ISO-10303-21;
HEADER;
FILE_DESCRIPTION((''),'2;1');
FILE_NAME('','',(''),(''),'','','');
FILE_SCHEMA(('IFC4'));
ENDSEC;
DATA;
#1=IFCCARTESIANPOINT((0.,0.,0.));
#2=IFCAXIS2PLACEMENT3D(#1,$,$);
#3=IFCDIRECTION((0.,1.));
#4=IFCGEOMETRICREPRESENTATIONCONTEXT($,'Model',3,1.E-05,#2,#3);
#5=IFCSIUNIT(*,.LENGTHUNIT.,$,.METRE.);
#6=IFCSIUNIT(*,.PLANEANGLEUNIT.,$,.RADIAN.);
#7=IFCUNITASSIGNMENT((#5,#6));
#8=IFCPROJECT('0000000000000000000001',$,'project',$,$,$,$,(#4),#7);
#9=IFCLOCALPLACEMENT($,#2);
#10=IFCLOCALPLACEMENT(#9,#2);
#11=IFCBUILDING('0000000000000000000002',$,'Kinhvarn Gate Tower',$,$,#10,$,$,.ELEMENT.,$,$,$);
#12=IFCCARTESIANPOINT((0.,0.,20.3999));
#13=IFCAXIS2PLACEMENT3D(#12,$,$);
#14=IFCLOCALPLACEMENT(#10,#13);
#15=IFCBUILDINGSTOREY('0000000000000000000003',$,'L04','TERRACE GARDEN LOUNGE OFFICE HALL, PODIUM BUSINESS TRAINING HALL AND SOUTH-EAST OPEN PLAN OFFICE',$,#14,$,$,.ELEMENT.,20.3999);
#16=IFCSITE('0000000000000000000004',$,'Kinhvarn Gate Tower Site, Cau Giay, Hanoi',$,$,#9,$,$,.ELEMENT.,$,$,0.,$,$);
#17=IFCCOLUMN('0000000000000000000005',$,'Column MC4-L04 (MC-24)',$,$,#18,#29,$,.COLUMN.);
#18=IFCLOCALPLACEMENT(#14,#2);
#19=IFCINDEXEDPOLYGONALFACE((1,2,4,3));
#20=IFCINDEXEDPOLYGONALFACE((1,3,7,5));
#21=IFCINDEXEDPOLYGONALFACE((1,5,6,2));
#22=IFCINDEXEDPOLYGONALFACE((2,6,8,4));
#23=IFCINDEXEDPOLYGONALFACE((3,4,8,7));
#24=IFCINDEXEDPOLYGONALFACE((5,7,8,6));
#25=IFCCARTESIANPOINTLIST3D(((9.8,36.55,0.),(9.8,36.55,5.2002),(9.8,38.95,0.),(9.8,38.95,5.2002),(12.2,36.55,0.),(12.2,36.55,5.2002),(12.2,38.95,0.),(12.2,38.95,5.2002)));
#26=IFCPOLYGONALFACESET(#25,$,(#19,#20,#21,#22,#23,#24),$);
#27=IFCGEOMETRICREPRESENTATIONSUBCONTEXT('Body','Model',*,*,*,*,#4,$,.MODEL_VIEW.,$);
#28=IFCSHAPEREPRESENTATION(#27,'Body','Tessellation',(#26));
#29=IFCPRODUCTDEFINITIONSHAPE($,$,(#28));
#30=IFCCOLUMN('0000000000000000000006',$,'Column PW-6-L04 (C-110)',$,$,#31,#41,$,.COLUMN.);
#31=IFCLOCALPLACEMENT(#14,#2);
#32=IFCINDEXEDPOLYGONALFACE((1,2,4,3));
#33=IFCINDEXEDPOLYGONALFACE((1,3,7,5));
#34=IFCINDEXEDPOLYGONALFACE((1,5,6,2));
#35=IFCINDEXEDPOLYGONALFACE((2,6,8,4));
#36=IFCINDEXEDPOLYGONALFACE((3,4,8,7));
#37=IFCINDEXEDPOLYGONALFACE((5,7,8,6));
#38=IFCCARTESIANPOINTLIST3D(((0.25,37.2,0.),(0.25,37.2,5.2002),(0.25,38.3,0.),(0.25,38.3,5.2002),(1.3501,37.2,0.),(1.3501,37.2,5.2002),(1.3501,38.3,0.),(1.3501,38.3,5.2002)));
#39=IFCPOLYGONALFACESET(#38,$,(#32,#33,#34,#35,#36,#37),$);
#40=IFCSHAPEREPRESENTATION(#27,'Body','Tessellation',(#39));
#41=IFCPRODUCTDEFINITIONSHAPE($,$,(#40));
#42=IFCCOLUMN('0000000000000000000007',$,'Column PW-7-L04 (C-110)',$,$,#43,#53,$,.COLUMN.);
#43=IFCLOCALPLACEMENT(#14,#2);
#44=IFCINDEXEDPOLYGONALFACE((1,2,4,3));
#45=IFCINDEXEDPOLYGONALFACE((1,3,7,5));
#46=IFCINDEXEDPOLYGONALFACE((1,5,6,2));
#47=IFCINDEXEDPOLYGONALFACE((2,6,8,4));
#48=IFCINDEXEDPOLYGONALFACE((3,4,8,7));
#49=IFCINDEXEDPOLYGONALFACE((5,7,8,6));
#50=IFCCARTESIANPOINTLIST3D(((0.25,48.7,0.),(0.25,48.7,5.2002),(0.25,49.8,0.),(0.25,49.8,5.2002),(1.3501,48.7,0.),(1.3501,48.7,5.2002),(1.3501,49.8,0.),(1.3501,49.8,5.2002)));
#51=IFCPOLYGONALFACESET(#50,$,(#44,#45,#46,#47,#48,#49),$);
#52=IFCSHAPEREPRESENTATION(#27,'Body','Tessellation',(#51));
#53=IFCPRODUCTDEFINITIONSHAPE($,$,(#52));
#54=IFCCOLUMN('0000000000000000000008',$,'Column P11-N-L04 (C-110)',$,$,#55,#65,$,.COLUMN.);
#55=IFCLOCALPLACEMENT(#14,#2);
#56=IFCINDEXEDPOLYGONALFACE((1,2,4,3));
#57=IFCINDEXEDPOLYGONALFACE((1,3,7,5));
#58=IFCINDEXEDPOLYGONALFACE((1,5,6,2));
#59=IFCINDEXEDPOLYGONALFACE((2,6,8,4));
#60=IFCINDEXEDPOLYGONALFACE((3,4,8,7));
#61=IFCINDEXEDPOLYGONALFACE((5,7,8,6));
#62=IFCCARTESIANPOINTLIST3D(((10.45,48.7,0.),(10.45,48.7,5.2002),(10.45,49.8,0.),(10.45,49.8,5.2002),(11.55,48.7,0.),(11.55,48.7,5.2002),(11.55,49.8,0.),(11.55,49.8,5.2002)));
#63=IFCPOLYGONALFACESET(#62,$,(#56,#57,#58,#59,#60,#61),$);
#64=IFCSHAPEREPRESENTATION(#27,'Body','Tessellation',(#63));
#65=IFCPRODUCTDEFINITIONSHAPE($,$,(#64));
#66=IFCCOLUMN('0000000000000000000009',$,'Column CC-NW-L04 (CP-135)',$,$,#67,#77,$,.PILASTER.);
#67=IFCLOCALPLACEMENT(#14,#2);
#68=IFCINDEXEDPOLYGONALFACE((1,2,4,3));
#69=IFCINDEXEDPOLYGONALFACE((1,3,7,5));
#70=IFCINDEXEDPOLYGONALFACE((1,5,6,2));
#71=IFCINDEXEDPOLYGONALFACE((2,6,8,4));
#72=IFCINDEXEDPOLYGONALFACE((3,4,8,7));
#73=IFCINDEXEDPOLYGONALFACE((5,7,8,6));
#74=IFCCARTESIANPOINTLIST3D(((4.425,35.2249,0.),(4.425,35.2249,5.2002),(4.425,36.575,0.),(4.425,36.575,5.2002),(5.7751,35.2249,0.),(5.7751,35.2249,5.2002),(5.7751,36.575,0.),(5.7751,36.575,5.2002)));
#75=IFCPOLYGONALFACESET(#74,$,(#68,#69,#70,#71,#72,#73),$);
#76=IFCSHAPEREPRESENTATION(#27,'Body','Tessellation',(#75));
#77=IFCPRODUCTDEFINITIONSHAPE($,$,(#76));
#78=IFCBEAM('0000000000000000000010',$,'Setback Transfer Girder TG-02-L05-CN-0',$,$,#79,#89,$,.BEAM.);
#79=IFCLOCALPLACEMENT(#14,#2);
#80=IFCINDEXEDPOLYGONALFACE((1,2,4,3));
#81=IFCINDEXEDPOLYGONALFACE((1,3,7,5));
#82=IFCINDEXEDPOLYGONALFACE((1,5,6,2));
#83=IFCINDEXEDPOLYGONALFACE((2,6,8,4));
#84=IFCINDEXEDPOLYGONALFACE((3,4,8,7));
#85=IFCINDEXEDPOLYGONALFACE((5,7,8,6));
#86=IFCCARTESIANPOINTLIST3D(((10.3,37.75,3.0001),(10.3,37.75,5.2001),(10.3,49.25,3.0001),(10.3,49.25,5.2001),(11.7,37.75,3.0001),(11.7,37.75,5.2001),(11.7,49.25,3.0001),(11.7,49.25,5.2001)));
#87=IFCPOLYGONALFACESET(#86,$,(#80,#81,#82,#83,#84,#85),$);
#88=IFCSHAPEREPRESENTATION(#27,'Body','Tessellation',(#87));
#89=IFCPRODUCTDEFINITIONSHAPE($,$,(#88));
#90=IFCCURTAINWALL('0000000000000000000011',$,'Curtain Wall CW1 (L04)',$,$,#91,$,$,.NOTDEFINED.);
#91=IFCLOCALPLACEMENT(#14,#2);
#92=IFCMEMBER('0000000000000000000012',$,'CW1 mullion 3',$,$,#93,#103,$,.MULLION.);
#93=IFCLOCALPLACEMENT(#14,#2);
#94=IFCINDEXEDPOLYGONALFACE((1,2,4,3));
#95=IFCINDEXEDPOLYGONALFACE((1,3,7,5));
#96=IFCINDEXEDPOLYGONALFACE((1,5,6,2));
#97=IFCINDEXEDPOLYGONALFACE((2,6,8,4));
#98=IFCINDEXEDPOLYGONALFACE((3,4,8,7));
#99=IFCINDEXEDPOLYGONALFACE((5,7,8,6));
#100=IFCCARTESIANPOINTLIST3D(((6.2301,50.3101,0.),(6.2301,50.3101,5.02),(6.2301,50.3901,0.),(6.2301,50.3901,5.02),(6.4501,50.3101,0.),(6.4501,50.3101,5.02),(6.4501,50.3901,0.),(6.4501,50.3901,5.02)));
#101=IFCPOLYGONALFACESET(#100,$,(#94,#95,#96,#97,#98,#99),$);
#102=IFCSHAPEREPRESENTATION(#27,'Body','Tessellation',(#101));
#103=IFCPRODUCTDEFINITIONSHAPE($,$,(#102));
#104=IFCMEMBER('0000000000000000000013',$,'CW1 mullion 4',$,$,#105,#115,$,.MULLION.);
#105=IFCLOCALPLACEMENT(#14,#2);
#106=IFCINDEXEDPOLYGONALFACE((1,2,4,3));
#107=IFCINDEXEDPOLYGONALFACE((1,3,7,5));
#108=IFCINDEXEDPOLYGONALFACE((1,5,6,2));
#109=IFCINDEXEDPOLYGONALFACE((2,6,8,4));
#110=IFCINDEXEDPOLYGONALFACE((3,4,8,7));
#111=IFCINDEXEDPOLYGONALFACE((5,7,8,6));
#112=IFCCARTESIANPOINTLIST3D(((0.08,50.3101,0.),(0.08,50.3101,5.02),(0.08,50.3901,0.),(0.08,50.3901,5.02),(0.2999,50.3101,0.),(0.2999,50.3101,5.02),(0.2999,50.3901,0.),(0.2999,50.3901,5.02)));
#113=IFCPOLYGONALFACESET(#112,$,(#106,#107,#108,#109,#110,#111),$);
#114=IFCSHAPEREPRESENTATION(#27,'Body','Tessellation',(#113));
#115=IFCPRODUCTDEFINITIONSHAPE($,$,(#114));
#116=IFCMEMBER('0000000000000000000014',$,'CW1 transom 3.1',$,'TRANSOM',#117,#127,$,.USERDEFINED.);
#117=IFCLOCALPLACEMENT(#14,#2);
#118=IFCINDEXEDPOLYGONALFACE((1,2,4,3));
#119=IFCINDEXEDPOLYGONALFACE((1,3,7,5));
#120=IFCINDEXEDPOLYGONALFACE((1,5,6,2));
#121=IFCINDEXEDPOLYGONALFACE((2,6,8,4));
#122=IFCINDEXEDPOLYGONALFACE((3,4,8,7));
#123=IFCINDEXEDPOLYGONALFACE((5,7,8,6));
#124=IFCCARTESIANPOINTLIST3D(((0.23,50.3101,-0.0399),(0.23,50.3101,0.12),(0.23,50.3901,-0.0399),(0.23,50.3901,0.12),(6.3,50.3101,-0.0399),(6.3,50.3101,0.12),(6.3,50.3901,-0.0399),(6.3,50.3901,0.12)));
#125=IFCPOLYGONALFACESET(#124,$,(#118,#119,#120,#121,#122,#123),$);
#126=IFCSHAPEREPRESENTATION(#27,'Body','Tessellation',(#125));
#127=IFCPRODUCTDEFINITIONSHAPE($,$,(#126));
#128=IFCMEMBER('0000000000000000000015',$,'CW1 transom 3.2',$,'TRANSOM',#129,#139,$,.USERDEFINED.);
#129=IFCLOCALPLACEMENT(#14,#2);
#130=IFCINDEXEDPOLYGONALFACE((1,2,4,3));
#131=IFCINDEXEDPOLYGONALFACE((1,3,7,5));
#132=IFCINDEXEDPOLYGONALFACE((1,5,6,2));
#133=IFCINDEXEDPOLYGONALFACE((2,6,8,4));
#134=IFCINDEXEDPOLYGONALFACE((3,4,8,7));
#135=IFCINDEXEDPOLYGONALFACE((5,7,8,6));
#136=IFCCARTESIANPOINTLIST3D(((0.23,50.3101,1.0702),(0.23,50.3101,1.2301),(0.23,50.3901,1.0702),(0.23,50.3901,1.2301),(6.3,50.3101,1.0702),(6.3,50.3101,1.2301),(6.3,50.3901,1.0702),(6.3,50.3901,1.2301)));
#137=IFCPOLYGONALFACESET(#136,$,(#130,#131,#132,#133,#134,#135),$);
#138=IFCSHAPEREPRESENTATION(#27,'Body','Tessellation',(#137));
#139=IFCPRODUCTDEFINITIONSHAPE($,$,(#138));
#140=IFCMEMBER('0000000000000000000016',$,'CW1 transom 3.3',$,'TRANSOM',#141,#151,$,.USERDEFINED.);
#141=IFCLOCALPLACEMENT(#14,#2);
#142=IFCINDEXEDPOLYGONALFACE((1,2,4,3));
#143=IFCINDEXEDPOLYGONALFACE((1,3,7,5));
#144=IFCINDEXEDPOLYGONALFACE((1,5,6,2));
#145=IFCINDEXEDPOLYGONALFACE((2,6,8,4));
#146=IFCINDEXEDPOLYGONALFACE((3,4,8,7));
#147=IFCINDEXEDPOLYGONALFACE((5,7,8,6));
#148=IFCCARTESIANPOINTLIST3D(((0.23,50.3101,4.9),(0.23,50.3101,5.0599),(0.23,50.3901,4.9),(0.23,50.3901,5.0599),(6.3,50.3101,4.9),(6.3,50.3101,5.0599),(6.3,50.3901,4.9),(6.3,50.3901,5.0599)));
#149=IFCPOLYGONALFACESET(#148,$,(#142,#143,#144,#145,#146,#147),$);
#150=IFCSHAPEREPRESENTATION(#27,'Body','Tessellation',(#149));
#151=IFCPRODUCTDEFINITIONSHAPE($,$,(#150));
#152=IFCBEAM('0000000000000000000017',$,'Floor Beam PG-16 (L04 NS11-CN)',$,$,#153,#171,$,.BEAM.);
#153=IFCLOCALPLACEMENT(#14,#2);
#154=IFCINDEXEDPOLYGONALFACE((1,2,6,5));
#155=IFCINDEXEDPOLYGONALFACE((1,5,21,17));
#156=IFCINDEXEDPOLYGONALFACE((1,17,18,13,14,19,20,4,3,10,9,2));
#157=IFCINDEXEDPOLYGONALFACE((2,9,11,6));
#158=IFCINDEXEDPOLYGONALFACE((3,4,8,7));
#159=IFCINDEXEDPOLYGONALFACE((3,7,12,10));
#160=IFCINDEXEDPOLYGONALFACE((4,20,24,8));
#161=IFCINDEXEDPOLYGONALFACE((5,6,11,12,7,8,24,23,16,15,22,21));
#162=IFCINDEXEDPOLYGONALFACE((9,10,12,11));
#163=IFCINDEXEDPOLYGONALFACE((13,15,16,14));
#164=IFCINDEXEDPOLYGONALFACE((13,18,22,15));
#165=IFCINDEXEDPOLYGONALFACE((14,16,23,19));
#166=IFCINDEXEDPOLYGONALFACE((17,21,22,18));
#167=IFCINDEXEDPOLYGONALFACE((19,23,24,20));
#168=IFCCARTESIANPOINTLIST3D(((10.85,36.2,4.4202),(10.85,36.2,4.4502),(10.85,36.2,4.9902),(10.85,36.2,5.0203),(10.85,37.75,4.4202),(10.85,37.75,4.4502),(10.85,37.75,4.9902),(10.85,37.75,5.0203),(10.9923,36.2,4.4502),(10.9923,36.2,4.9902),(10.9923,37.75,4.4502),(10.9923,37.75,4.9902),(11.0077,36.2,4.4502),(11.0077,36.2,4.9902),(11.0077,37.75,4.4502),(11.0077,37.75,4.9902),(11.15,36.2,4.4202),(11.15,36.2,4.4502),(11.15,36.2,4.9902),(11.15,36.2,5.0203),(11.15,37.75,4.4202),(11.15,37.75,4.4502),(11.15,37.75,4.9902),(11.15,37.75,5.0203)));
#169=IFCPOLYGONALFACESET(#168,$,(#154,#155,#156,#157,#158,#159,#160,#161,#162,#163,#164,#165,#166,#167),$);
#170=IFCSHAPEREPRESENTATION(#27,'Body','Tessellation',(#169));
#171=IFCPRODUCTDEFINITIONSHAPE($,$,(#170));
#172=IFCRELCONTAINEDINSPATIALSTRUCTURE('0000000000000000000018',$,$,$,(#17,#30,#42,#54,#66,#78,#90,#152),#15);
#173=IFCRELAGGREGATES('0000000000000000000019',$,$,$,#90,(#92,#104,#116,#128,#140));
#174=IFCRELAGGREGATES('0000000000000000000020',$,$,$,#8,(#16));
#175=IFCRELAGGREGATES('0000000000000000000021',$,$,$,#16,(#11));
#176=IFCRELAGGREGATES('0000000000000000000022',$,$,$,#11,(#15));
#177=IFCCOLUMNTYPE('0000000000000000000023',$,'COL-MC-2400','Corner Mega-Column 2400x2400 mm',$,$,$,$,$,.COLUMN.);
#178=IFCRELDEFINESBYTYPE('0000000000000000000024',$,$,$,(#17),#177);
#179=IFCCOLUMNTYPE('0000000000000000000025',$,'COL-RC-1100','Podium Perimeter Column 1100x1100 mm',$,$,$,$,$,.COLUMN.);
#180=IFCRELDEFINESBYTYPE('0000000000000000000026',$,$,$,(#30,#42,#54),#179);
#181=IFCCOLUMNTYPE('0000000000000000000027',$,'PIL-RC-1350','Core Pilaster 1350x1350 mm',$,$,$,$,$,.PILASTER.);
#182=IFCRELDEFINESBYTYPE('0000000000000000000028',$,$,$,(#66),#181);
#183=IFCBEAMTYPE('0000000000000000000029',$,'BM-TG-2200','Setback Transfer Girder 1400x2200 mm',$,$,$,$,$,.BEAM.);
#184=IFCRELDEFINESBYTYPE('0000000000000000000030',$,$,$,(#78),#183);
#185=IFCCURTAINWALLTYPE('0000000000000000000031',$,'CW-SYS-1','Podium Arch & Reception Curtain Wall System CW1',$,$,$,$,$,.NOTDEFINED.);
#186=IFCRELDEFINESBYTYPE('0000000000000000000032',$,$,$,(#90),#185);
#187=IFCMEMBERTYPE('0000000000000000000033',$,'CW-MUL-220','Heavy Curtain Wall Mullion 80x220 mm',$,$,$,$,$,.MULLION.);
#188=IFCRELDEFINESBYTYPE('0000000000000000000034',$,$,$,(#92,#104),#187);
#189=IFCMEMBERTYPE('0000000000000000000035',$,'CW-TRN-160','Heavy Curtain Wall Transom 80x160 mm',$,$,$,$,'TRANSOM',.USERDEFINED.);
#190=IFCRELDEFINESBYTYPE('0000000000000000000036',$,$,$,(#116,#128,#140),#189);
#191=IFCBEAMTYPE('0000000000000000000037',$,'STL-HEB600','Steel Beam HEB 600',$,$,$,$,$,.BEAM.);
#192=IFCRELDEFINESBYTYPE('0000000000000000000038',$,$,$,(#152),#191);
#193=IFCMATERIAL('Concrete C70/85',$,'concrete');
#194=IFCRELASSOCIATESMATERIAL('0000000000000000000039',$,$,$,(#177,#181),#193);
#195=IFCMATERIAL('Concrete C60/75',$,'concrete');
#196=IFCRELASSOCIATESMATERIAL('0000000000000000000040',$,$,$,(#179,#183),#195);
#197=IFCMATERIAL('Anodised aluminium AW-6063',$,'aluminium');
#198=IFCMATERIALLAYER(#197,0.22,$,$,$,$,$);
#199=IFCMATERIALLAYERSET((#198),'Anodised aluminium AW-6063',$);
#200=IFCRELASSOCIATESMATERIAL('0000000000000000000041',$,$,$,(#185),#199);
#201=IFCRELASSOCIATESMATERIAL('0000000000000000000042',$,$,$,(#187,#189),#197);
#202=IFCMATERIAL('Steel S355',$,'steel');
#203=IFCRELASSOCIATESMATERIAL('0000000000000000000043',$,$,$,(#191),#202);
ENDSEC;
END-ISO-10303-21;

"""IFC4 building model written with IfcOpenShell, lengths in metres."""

from ifc_helpers import new_model, si_unit, direction, frame, origin, origin_2d, place, context, subcontext, project, spatial, rectangle, i_section, extrude, material, layer, layer_set, material_profile, profile_set, type_object, element, aggregate, save


model = new_model("IFC4")

# Units and contexts
model_context = context("Model", 3, precision=1e-05, world=origin(), true_north=direction((0.0, 1.0)))
body_context = subcontext(model_context, "Body", "Model", "MODEL_VIEW")
ifc_project = project(units=[si_unit("LENGTHUNIT", "METRE"), si_unit("PLANEANGLEUNIT", "RADIAN")], contexts=[model_context])

# Site, building, storey
site_placement = place(None, origin())
site = spatial("IfcSite", under=ifc_project, at=site_placement, Name="Kinhvarn Gate Tower Site, Cau Giay, Hanoi", CompositionType="ELEMENT", RefElevation=0.0)
building_placement = place(site_placement, origin())
building = spatial("IfcBuilding", under=site, at=building_placement, Name="Kinhvarn Gate Tower", CompositionType="ELEMENT")
storey_placement = place(building_placement, frame((0.0, 0.0, 20.3999)))
storey = spatial("IfcBuildingStorey", under=building, at=storey_placement, Name="L04", Description="TERRACE GARDEN LOUNGE OFFICE HALL, PODIUM BUSINESS TRAINING HALL AND SOUTH-EAST OPEN PLAN OFFICE", CompositionType="ELEMENT", Elevation=20.3999)

# Columns
ifc_material_1 = material(Name="Concrete C70/85", Category="concrete")
ifc_material_profile_1 = material_profile(ifc_material_1, rectangle(XDim=2.3999, YDim=2.3999, at=origin_2d()), Name="RC 2400x2400")
ifc_profile_set_1 = profile_set([ifc_material_profile_1], Name="Concrete C70/85")
column_type_1 = type_object("IfcColumnType", Name="COL-MC-2400", Description="Corner Mega-Column 2400x2400 mm", PredefinedType="COLUMN", material=ifc_profile_set_1)
column_1_placement = place(storey_placement, frame((11.0, 37.75, 0.0), z_axis=(0.0, 0.0, 1.0), x_axis=(1.0, 0.0, 0.0)))
element("IfcColumn", 1, at=column_1_placement, inside=storey, type_object=column_type_1, Name="Column MC4-L04 (MC-24)", PredefinedType="COLUMN", context=body_context, shape_type="SweptSolid", body=[
    extrude(rectangle(XDim=2.3999, YDim=2.3999, at=origin_2d()), origin(), (0.0, 0.0, 1.0), 5.2002),
])
ifc_material_2 = material(Name="Concrete C60/75", Category="concrete")
ifc_material_profile_2 = material_profile(ifc_material_2, rectangle(XDim=1.1001, YDim=1.1001, at=origin_2d()), Name="RC 1100x1100")
ifc_profile_set_2 = profile_set([ifc_material_profile_2], Name="Concrete C60/75")
column_type_2 = type_object("IfcColumnType", Name="COL-RC-1100", Description="Podium Perimeter Column 1100x1100 mm", PredefinedType="COLUMN", material=ifc_profile_set_2)
for number, where, z_axis, x_axis, name in (
    (2, (0.8, 37.75, 0.0), (0.0, 0.0, 1.0), (1.0, 0.0, 0.0), "Column PW-6-L04 (C-110)"),
    (3, (0.8, 49.25, 0.0), (0.0, 0.0, 1.0), (1.0, 0.0, 0.0), "Column PW-7-L04 (C-110)"),
    (4, (11.0, 49.25, 0.0), (0.0, 0.0, 1.0), (1.0, 0.0, 0.0), "Column P11-N-L04 (C-110)"),
):
    element("IfcColumn", number, at=place(storey_placement, frame(where, z_axis=z_axis, x_axis=x_axis)), inside=storey, type_object=column_type_2, Name=name, PredefinedType="COLUMN", context=body_context, shape_type="SweptSolid", body=[
        extrude(rectangle(XDim=1.1001, YDim=1.1001, at=origin_2d()), origin(), (0.0, 0.0, 1.0), 5.2002),
    ])
ifc_material_profile_3 = material_profile(ifc_material_1, rectangle(XDim=1.3501, YDim=1.3501, at=origin_2d()), Name="RC 1350x1350")
ifc_profile_set_3 = profile_set([ifc_material_profile_3], Name="Concrete C70/85")
column_type_3 = type_object("IfcColumnType", Name="PIL-RC-1350", Description="Core Pilaster 1350x1350 mm", PredefinedType="PILASTER", material=ifc_profile_set_3)
column_2_placement = place(storey_placement, frame((5.1001, 35.8999, 0.0), z_axis=(0.0, 0.0, 1.0), x_axis=(1.0, 0.0, 0.0)))
element("IfcColumn", 5, at=column_2_placement, inside=storey, type_object=column_type_3, Name="Column CC-NW-L04 (CP-135)", PredefinedType="PILASTER", context=body_context, shape_type="SweptSolid", body=[
    extrude(rectangle(XDim=1.3501, YDim=1.3501, at=origin_2d()), origin(), (0.0, 0.0, 1.0), 5.2002),
])

# Beam
ifc_material_profile_4 = material_profile(ifc_material_2, rectangle(XDim=1.3999, YDim=2.2, at=origin_2d()), Name="RC 1400x2200")
ifc_profile_set_4 = profile_set([ifc_material_profile_4], Name="Concrete C60/75")
beam_type_1 = type_object("IfcBeamType", Name="BM-TG-2200", Description="Setback Transfer Girder 1400x2200 mm", PredefinedType="BEAM", material=ifc_profile_set_4)
beam_1_placement = place(storey_placement, frame((11.0, 37.75, 4.1001), z_axis=(0.0, 1.0, 0.0), x_axis=(-1.0, 0.0, 0.0)))
element("IfcBeam", 6, at=beam_1_placement, inside=storey, type_object=beam_type_1, Name="Setback Transfer Girder TG-02-L05-CN-0", PredefinedType="BEAM", context=body_context, shape_type="SweptSolid", body=[
    extrude(rectangle(XDim=1.3999, YDim=2.2, at=origin_2d()), origin(), (0.0, 0.0, 1.0), 11.5),
])

# Curtain wall, members
ifc_material_3 = material(Name="Anodised aluminium AW-6063", Category="aluminium")
ifc_layer_1 = layer(ifc_material_3, 0.22)
ifc_layer_set_1 = layer_set([ifc_layer_1], Name="Anodised aluminium AW-6063")
curtain_wall_type = type_object("IfcCurtainWallType", Name="CW-SYS-1", Description="Podium Arch & Reception Curtain Wall System CW1", PredefinedType="NOTDEFINED", material=ifc_layer_set_1)
curtain_wall_placement = place(storey_placement, origin())
curtain_wall = element("IfcCurtainWall", 7, at=curtain_wall_placement, inside=storey, type_object=curtain_wall_type, Name="Curtain Wall CW1 (L04)", PredefinedType="NOTDEFINED")
ifc_material_profile_5 = material_profile(ifc_material_3, rectangle(XDim=0.0801, YDim=0.22, at=origin_2d()), Name="ALU 80x220")
ifc_profile_set_5 = profile_set([ifc_material_profile_5], Name="Anodised aluminium AW-6063")
member_type_1 = type_object("IfcMemberType", Name="CW-MUL-220", Description="Heavy Curtain Wall Mullion 80x220 mm", PredefinedType="MULLION", material=ifc_profile_set_5)
member_1_placement = place(storey_placement, frame((6.3401, 50.3501, 0.0), z_axis=(0.0, 0.0, 1.0), x_axis=(0.0, -1.0, 0.0)))
member_1 = element("IfcMember", 8, at=member_1_placement, type_object=member_type_1, Name="CW1 mullion 3", PredefinedType="MULLION", context=body_context, shape_type="SweptSolid", body=[
    extrude(rectangle(XDim=0.0801, YDim=0.22, at=origin_2d()), origin(), (0.0, 0.0, 1.0), 5.02),
])
member_2_placement = place(storey_placement, frame((0.1899, 50.3501, 0.0), z_axis=(0.0, 0.0, 1.0), x_axis=(0.0, -1.0, 0.0)))
member_2 = element("IfcMember", 9, at=member_2_placement, type_object=member_type_1, Name="CW1 mullion 4", PredefinedType="MULLION", context=body_context, shape_type="SweptSolid", body=[
    extrude(rectangle(XDim=0.0801, YDim=0.22, at=origin_2d()), origin(), (0.0, 0.0, 1.0), 5.02),
])
ifc_material_profile_6 = material_profile(ifc_material_3, rectangle(XDim=0.0801, YDim=0.1599, at=origin_2d()), Name="ALU 80x160")
ifc_profile_set_6 = profile_set([ifc_material_profile_6], Name="Anodised aluminium AW-6063")
member_type_2 = type_object("IfcMemberType", Name="CW-TRN-160", Description="Heavy Curtain Wall Transom 80x160 mm", ElementType="TRANSOM", PredefinedType="USERDEFINED", material=ifc_profile_set_6)
member_3_placement = place(storey_placement, frame((6.3, 50.3501, 0.04), z_axis=(-1.0, 0.0, 0.0), x_axis=(0.0, -1.0, 0.0)))
member_3 = element("IfcMember", 10, at=member_3_placement, type_object=member_type_2, Name="CW1 transom 3.1", ObjectType="TRANSOM", PredefinedType="USERDEFINED", context=body_context, shape_type="SweptSolid", body=[
    extrude(rectangle(XDim=0.0801, YDim=0.1599, at=origin_2d()), origin(), (0.0, 0.0, 1.0), 6.0701),
])
member_4_placement = place(storey_placement, frame((6.3, 50.3501, 1.1501), z_axis=(-1.0, 0.0, 0.0), x_axis=(0.0, -1.0, 0.0)))
member_4 = element("IfcMember", 11, at=member_4_placement, type_object=member_type_2, Name="CW1 transom 3.2", ObjectType="TRANSOM", PredefinedType="USERDEFINED", context=body_context, shape_type="SweptSolid", body=[
    extrude(rectangle(XDim=0.0801, YDim=0.1599, at=origin_2d()), origin(), (0.0, 0.0, 1.0), 6.0701),
])
member_5_placement = place(storey_placement, frame((6.3, 50.3501, 4.98), z_axis=(-1.0, 0.0, 0.0), x_axis=(0.0, -1.0, 0.0)))
member_5 = element("IfcMember", 12, at=member_5_placement, type_object=member_type_2, Name="CW1 transom 3.3", ObjectType="TRANSOM", PredefinedType="USERDEFINED", context=body_context, shape_type="SweptSolid", body=[
    extrude(rectangle(XDim=0.0801, YDim=0.1599, at=origin_2d()), origin(), (0.0, 0.0, 1.0), 6.0701),
])

# Beam
ifc_material_4 = material(Name="Steel S355", Category="steel")
ifc_material_profile_7 = material_profile(ifc_material_4, i_section(OverallWidth=0.3, OverallDepth=0.6001, WebThickness=0.0154, FlangeThickness=0.03, at=origin_2d()), Name="HEB 600")
ifc_profile_set_7 = profile_set([ifc_material_profile_7], Name="Steel S355")
beam_type_2 = type_object("IfcBeamType", Name="STL-HEB600", Description="Steel Beam HEB 600", PredefinedType="BEAM", material=ifc_profile_set_7)
beam_2_placement = place(storey_placement, frame((11.0, 36.2, 4.7202), z_axis=(0.0, 1.0, 0.0), x_axis=(-1.0, 0.0, 0.0)))
element("IfcBeam", 13, at=beam_2_placement, inside=storey, type_object=beam_type_2, Name="Floor Beam PG-16 (L04 NS11-CN)", PredefinedType="BEAM", context=body_context, shape_type="SweptSolid", body=[
    extrude(i_section(OverallWidth=0.3, OverallDepth=0.6001, WebThickness=0.0154, FlangeThickness=0.03, at=origin_2d()), origin(), (0.0, 0.0, 1.0), 1.55),
])

aggregate(curtain_wall, [member_1, member_2, member_3, member_4, member_5])

save(model, "model.ifc")
